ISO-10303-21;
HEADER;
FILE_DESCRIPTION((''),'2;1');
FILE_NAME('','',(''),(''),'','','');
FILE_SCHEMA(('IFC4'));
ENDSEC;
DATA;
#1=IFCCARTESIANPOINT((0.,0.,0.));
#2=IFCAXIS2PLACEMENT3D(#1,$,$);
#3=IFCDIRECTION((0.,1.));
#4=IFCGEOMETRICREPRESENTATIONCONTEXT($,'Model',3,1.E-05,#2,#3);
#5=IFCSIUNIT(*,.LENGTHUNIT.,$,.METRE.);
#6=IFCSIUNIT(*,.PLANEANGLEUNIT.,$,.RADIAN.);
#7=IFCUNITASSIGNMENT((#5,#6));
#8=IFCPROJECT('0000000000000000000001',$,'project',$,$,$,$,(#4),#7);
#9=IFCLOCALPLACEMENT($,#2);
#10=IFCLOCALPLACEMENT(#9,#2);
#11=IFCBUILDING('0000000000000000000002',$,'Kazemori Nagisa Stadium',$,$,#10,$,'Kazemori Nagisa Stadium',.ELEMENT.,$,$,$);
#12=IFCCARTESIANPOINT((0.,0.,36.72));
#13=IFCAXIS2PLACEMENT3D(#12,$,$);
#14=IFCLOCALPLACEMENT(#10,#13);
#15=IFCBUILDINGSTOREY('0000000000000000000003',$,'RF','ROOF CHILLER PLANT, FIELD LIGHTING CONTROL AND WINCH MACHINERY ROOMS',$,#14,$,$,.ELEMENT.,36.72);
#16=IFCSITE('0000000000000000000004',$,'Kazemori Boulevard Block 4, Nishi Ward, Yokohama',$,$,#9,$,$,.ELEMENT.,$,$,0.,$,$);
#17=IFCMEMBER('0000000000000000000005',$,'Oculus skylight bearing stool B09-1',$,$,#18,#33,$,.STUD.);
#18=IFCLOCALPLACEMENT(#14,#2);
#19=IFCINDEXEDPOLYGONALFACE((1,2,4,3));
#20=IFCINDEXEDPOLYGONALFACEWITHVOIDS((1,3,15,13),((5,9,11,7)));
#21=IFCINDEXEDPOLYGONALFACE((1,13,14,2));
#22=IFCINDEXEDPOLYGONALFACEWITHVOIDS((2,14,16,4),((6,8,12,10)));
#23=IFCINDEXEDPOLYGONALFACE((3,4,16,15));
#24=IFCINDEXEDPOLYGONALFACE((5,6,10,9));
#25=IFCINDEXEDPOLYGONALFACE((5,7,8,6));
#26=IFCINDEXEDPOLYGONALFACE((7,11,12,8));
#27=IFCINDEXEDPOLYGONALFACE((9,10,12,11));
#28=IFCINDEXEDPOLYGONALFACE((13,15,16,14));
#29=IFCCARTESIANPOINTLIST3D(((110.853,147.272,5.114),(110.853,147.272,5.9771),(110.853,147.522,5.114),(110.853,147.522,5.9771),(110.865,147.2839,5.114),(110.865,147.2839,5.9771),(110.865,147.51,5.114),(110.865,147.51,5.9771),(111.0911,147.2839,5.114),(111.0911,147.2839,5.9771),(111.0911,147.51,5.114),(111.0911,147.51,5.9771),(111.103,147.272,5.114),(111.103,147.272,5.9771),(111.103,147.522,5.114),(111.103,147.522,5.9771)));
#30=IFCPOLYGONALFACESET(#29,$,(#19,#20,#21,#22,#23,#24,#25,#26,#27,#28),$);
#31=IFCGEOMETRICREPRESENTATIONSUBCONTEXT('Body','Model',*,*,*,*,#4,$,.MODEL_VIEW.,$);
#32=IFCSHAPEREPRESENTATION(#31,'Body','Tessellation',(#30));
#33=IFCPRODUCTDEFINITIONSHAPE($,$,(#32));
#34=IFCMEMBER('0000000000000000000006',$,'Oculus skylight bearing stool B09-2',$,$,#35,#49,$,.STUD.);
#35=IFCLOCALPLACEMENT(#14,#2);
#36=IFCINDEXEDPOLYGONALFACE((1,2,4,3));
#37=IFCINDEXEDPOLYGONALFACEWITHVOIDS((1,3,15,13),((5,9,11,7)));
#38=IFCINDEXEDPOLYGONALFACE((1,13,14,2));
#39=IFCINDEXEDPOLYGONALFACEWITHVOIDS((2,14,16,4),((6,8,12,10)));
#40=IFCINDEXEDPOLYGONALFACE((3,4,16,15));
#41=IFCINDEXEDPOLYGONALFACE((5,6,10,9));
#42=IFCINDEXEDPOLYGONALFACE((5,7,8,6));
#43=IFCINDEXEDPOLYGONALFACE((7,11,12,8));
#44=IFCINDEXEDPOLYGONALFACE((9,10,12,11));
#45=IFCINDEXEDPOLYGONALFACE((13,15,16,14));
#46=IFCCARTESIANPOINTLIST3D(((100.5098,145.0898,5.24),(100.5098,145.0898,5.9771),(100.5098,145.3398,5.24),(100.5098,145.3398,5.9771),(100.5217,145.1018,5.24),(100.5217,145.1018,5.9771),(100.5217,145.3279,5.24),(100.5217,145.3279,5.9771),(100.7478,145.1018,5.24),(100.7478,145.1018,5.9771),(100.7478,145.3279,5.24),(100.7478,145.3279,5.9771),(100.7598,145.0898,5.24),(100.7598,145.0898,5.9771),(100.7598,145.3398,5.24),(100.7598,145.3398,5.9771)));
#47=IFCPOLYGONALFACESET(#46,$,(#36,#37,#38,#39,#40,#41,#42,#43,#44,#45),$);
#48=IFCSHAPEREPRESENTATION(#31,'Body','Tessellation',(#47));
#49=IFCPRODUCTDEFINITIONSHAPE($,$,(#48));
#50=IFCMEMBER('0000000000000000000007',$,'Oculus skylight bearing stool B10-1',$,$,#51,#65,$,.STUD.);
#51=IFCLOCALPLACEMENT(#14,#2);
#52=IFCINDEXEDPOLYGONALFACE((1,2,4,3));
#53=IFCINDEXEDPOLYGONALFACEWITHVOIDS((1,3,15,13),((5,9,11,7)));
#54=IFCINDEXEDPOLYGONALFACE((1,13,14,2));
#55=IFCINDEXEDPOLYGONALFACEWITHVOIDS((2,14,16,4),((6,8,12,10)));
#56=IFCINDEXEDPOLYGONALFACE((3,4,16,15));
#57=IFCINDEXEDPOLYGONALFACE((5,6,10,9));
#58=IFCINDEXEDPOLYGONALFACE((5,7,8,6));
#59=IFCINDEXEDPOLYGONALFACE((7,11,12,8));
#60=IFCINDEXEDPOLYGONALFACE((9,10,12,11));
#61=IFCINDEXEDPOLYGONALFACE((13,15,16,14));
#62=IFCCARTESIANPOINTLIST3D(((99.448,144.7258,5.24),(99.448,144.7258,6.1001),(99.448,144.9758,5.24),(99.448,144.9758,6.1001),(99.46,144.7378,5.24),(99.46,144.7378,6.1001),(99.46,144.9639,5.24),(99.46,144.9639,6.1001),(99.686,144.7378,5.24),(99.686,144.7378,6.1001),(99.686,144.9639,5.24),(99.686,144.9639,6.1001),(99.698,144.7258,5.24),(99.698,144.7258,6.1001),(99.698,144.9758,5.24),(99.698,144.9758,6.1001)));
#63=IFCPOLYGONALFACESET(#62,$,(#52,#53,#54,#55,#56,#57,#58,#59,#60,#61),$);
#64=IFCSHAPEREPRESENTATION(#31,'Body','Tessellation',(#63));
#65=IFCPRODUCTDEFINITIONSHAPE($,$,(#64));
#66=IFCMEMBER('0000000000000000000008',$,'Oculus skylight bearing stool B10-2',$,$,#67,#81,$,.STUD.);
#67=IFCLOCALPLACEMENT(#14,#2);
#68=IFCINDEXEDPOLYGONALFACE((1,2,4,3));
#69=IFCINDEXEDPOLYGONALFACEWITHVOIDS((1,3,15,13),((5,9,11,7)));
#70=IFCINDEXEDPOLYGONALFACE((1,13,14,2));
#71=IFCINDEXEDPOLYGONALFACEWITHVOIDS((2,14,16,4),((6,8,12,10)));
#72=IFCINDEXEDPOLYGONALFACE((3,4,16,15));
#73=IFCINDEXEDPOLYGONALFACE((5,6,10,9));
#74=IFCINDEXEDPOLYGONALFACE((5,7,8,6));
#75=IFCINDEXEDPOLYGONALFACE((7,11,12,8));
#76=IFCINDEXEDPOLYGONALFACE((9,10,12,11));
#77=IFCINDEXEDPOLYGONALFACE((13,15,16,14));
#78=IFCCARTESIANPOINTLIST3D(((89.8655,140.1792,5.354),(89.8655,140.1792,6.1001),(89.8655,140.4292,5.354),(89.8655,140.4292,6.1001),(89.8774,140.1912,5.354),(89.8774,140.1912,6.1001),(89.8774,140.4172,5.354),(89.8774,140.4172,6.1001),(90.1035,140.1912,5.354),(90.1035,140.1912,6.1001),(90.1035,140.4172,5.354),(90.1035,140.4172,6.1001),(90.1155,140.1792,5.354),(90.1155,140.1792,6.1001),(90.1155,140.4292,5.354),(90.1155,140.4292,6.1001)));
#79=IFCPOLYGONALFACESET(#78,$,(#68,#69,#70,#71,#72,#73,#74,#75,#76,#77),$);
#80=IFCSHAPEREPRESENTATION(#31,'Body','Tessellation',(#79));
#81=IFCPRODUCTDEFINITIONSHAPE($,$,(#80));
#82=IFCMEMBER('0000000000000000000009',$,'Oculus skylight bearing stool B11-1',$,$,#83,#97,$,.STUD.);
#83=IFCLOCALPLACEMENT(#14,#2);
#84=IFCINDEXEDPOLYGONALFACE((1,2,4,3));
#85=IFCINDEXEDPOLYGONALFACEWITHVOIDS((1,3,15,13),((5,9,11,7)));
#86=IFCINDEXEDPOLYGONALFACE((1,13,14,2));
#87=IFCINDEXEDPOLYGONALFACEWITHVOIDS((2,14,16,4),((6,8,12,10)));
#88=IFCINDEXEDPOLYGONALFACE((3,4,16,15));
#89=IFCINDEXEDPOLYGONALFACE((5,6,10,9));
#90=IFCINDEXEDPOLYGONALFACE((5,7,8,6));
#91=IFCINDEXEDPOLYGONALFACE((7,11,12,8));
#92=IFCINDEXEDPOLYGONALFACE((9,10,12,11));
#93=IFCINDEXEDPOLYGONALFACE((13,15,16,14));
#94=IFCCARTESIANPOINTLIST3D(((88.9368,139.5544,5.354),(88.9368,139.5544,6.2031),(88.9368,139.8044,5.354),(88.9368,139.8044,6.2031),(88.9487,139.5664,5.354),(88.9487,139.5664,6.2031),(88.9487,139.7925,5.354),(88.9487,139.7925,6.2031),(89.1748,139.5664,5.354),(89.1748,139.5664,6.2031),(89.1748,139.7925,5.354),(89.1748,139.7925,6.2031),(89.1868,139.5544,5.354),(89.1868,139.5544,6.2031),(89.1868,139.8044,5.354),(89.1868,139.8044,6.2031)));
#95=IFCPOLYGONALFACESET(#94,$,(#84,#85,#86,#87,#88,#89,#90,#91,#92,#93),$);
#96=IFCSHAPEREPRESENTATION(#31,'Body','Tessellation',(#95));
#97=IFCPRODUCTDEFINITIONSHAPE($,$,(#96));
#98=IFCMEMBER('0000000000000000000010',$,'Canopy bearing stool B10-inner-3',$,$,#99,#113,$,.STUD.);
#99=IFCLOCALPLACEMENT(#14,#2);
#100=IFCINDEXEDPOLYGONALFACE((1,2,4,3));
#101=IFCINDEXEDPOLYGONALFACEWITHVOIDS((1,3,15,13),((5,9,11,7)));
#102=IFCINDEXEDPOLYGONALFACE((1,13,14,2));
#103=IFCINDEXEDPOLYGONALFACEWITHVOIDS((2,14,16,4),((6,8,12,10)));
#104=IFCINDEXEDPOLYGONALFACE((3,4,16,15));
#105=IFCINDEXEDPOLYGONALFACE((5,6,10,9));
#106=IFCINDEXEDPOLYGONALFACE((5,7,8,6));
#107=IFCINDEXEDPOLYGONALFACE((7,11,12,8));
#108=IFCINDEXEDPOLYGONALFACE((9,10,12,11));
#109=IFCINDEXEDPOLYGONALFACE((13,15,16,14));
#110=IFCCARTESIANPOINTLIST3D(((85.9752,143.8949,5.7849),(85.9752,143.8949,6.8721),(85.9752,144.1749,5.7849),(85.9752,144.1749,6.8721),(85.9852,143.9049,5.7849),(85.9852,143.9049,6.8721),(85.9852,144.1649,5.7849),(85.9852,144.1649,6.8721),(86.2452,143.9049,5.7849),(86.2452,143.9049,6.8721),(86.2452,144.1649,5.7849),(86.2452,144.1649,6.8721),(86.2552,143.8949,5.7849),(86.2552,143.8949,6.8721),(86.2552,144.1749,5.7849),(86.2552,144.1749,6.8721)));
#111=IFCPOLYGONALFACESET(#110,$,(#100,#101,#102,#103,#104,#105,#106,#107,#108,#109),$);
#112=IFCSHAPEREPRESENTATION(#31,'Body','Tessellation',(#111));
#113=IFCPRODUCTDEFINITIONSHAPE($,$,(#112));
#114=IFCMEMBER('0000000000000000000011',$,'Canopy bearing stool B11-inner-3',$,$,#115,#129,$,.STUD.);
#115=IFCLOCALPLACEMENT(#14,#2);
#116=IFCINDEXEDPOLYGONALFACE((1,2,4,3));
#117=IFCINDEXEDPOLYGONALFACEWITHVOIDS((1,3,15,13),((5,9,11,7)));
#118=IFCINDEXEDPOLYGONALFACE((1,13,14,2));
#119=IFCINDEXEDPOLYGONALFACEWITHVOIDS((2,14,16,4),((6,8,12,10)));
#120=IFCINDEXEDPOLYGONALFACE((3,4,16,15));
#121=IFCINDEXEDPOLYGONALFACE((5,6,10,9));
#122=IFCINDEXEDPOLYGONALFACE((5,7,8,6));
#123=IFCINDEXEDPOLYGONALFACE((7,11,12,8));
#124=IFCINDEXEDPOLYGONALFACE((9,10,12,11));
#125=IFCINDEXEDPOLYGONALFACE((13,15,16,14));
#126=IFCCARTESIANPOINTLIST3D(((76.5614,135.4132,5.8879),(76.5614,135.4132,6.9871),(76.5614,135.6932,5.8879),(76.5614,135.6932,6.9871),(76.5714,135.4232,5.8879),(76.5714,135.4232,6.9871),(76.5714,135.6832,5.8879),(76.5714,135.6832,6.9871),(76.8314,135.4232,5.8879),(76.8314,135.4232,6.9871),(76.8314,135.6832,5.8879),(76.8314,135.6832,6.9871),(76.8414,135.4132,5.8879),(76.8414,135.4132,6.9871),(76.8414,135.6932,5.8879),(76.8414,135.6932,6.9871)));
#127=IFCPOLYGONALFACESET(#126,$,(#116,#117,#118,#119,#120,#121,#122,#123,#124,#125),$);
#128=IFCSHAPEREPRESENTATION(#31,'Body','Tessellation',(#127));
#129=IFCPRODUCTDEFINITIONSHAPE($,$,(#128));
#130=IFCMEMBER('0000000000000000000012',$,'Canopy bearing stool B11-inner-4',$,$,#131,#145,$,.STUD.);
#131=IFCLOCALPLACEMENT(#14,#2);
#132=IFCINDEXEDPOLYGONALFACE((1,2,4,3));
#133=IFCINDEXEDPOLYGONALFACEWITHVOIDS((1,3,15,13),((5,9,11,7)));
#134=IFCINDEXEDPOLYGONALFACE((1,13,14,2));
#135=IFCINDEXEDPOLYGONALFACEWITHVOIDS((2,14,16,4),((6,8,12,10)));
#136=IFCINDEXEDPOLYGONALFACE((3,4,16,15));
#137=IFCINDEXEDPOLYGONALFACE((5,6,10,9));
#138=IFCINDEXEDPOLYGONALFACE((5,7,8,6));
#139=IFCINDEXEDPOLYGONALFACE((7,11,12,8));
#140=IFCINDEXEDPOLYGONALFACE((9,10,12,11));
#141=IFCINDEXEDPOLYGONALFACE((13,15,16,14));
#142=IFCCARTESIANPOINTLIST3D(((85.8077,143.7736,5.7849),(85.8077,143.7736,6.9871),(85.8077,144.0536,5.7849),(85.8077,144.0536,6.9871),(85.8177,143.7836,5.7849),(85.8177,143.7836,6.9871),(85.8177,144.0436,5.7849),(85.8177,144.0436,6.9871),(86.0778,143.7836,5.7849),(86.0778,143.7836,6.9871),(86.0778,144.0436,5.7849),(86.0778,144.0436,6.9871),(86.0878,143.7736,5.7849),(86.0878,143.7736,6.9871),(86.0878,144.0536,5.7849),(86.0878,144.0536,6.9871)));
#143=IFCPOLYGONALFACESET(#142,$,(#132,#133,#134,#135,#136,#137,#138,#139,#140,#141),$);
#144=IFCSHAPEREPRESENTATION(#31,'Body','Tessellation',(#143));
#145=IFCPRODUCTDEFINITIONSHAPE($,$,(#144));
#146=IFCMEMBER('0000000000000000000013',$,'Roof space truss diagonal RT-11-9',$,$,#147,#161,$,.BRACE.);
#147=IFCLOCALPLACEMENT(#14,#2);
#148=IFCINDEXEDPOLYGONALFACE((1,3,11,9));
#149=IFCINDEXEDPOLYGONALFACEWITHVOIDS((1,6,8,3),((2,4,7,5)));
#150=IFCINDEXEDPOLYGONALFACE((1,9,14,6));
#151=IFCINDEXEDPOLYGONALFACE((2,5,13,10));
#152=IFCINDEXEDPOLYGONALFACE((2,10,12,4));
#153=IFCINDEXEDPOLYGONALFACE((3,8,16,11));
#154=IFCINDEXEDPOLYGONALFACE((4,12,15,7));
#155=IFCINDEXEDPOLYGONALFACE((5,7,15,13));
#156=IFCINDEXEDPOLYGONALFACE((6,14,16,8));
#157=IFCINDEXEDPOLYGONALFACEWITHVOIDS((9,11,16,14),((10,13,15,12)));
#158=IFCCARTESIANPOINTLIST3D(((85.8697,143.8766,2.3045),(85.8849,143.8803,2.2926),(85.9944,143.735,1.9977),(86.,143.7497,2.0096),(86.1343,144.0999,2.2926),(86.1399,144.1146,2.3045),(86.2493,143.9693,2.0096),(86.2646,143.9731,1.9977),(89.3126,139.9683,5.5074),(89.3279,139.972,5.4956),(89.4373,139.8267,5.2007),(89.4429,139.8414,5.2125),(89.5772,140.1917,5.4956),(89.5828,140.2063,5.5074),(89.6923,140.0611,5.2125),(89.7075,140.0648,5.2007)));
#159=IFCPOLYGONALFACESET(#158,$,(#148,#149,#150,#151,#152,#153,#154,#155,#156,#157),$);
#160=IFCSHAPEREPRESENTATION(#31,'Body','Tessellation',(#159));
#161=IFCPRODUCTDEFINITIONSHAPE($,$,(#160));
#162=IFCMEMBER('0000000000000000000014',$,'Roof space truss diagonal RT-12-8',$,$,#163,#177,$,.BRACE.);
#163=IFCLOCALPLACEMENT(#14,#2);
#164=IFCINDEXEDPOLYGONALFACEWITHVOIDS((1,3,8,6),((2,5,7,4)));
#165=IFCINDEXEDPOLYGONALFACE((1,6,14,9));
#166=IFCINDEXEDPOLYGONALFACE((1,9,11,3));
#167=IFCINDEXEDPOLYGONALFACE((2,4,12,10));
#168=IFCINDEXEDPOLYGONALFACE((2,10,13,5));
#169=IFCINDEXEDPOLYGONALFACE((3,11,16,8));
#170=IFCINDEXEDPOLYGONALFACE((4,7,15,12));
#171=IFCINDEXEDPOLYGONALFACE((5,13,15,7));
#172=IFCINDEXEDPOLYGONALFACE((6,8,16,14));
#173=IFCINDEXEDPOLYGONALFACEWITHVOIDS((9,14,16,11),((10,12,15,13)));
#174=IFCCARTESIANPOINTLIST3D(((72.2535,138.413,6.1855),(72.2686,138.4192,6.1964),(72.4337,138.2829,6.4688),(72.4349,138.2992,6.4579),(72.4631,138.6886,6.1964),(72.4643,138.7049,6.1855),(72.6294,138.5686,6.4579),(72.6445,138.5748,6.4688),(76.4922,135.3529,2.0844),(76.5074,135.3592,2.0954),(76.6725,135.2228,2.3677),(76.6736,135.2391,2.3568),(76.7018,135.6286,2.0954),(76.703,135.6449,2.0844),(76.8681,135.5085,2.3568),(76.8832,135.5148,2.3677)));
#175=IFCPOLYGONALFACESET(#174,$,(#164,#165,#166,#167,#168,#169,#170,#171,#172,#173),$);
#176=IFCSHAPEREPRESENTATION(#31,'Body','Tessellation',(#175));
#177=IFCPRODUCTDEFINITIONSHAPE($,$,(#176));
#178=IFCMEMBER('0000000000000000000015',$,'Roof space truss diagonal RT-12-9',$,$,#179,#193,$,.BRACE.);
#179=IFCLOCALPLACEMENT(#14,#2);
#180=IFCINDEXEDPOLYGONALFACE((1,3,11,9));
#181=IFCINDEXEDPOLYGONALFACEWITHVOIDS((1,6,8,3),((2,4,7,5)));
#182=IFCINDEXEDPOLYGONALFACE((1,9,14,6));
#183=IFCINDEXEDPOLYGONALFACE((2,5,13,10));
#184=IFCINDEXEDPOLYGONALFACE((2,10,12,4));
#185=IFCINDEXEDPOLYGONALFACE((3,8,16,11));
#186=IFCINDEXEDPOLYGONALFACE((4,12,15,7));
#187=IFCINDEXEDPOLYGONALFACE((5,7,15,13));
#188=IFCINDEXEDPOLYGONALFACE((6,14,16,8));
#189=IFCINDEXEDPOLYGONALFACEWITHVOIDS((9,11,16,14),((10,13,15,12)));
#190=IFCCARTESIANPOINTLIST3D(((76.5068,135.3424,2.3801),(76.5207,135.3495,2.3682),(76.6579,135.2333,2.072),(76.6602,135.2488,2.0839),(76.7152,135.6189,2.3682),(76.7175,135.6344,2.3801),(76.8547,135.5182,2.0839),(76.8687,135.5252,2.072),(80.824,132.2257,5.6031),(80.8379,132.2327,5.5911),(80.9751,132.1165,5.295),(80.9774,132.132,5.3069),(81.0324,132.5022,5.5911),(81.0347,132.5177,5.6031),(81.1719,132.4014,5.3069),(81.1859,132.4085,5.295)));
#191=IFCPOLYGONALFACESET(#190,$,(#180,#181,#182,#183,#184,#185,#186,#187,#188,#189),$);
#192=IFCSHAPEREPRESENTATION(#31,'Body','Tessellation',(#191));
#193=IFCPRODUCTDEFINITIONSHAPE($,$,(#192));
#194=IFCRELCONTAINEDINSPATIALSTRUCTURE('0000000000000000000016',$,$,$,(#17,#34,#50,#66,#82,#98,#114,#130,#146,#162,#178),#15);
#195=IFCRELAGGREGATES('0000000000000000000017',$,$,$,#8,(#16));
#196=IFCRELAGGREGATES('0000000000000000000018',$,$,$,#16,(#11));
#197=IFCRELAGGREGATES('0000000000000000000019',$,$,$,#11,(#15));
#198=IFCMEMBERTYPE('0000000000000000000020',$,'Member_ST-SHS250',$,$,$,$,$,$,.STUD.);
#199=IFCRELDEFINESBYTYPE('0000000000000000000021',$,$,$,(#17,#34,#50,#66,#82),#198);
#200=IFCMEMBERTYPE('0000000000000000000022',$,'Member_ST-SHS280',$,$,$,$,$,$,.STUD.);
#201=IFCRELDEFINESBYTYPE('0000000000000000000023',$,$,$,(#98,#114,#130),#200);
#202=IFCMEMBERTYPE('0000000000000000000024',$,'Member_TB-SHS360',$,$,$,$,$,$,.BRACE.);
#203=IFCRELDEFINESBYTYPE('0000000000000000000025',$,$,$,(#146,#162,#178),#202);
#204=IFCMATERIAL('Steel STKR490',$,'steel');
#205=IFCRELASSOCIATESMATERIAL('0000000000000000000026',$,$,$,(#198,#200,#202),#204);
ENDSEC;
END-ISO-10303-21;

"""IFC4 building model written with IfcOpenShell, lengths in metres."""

from ifc_helpers import new_model, si_unit, direction, frame, origin, origin_2d, place, context, subcontext, project, spatial, hollow_rectangle, extrude, material, material_profile, profile_set, type_object, element, save


model = new_model("IFC4")

# Units and contexts
model_context = context("Model", 3, precision=1e-05, world=origin(), true_north=direction((0.0, 1.0)))
body_context = subcontext(model_context, "Body", "Model", "MODEL_VIEW")
ifc_project = project(units=[si_unit("LENGTHUNIT", "METRE"), si_unit("PLANEANGLEUNIT", "RADIAN")], contexts=[model_context])

# Site, building, storey
site_placement = place(None, origin())
site = spatial("IfcSite", under=ifc_project, at=site_placement, Name="Kazemori Boulevard Block 4, Nishi Ward, Yokohama", CompositionType="ELEMENT", RefElevation=0.0)
building_placement = place(site_placement, origin())
building = spatial("IfcBuilding", under=site, at=building_placement, Name="Kazemori Nagisa Stadium", LongName="Kazemori Nagisa Stadium", CompositionType="ELEMENT")
storey_placement = place(building_placement, frame((0.0, 0.0, 36.72)))
storey = spatial("IfcBuildingStorey", under=building, at=storey_placement, Name="RF", Description="ROOF CHILLER PLANT, FIELD LIGHTING CONTROL AND WINCH MACHINERY ROOMS", CompositionType="ELEMENT", Elevation=36.72)

# Members
ifc_material = material(Name="Steel STKR490", Category="steel")
ifc_material_profile_1 = material_profile(ifc_material, hollow_rectangle(XDim=0.25, YDim=0.25, WallThickness=0.012, at=origin_2d()), Name="SHS-250x250x12")
ifc_profile_set_1 = profile_set([ifc_material_profile_1], Name="Steel STKR490")
member_type_1 = type_object("IfcMemberType", Name="Member_ST-SHS250", PredefinedType="STUD", material=ifc_profile_set_1)
member_1_placement = place(storey_placement, frame((110.978, 147.397, 5.114), z_axis=(0.0, 0.0, 1.0), x_axis=(1.0, 0.0, 0.0)))
element("IfcMember", 1, at=member_1_placement, inside=storey, type_object=member_type_1, Name="Oculus skylight bearing stool B09-1", PredefinedType="STUD", context=body_context, shape_type="SweptSolid", body=[
    extrude(hollow_rectangle(XDim=0.25, YDim=0.25, WallThickness=0.012, at=origin_2d()), origin(), (0.0, 0.0, 1.0), 0.863),
])
member_2_placement = place(storey_placement, frame((100.6348, 145.2148, 5.24), z_axis=(0.0, 0.0, 1.0), x_axis=(1.0, 0.0, 0.0)))
element("IfcMember", 2, at=member_2_placement, inside=storey, type_object=member_type_1, Name="Oculus skylight bearing stool B09-2", PredefinedType="STUD", context=body_context, shape_type="SweptSolid", body=[
    extrude(hollow_rectangle(XDim=0.25, YDim=0.25, WallThickness=0.012, at=origin_2d()), origin(), (0.0, 0.0, 1.0), 0.7371),
])
member_3_placement = place(storey_placement, frame((99.573, 144.8508, 5.24), z_axis=(0.0, 0.0, 1.0), x_axis=(1.0, 0.0, 0.0)))
element("IfcMember", 3, at=member_3_placement, inside=storey, type_object=member_type_1, Name="Oculus skylight bearing stool B10-1", PredefinedType="STUD", context=body_context, shape_type="SweptSolid", body=[
    extrude(hollow_rectangle(XDim=0.25, YDim=0.25, WallThickness=0.012, at=origin_2d()), origin(), (0.0, 0.0, 1.0), 0.8601),
])
member_4_placement = place(storey_placement, frame((89.9905, 140.3042, 5.354), z_axis=(0.0, 0.0, 1.0), x_axis=(1.0, 0.0, 0.0)))
element("IfcMember", 4, at=member_4_placement, inside=storey, type_object=member_type_1, Name="Oculus skylight bearing stool B10-2", PredefinedType="STUD", context=body_context, shape_type="SweptSolid", body=[
    extrude(hollow_rectangle(XDim=0.25, YDim=0.25, WallThickness=0.012, at=origin_2d()), origin(), (0.0, 0.0, 1.0), 0.7461),
])
member_5_placement = place(storey_placement, frame((89.0618, 139.6794, 5.354), z_axis=(0.0, 0.0, 1.0), x_axis=(1.0, 0.0, 0.0)))
element("IfcMember", 5, at=member_5_placement, inside=storey, type_object=member_type_1, Name="Oculus skylight bearing stool B11-1", PredefinedType="STUD", context=body_context, shape_type="SweptSolid", body=[
    extrude(hollow_rectangle(XDim=0.25, YDim=0.25, WallThickness=0.012, at=origin_2d()), origin(), (0.0, 0.0, 1.0), 0.8491),
])
ifc_material_profile_2 = material_profile(ifc_material, hollow_rectangle(XDim=0.28, YDim=0.28, WallThickness=0.01, at=origin_2d()), Name="SHS-280x280x10")
ifc_profile_set_2 = profile_set([ifc_material_profile_2], Name="Steel STKR490")
member_type_2 = type_object("IfcMemberType", Name="Member_ST-SHS280", PredefinedType="STUD", material=ifc_profile_set_2)
member_6_placement = place(storey_placement, frame((86.1152, 144.0349, 5.7849), z_axis=(0.0, 0.0, 1.0), x_axis=(1.0, 0.0, 0.0)))
element("IfcMember", 6, at=member_6_placement, inside=storey, type_object=member_type_2, Name="Canopy bearing stool B10-inner-3", PredefinedType="STUD", context=body_context, shape_type="SweptSolid", body=[
    extrude(hollow_rectangle(XDim=0.28, YDim=0.28, WallThickness=0.01, at=origin_2d()), origin(), (0.0, 0.0, 1.0), 1.0872),
])
member_7_placement = place(storey_placement, frame((76.7014, 135.5532, 5.8879), z_axis=(0.0, 0.0, 1.0), x_axis=(1.0, 0.0, 0.0)))
element("IfcMember", 7, at=member_7_placement, inside=storey, type_object=member_type_2, Name="Canopy bearing stool B11-inner-3", PredefinedType="STUD", context=body_context, shape_type="SweptSolid", body=[
    extrude(hollow_rectangle(XDim=0.28, YDim=0.28, WallThickness=0.01, at=origin_2d()), origin(), (0.0, 0.0, 1.0), 1.0991),
])
member_8_placement = place(storey_placement, frame((85.9478, 143.9136, 5.7849), z_axis=(0.0, 0.0, 1.0), x_axis=(1.0, 0.0, 0.0)))
element("IfcMember", 8, at=member_8_placement, inside=storey, type_object=member_type_2, Name="Canopy bearing stool B11-inner-4", PredefinedType="STUD", context=body_context, shape_type="SweptSolid", body=[
    extrude(hollow_rectangle(XDim=0.28, YDim=0.28, WallThickness=0.01, at=origin_2d()), origin(), (0.0, 0.0, 1.0), 1.2021),
])
ifc_material_profile_3 = material_profile(ifc_material, hollow_rectangle(XDim=0.3601, YDim=0.3601, WallThickness=0.0139, at=origin_2d()), Name="SHS-360x360x14")
ifc_profile_set_3 = profile_set([ifc_material_profile_3], Name="Steel STKR490")
member_type_3 = type_object("IfcMemberType", Name="Member_TB-SHS360", PredefinedType="BRACE", material=ifc_profile_set_3)
member_9_placement = place(storey_placement, frame((86.0671, 143.9248, 2.1511), z_axis=(0.563076, -0.63918, 0.523826), x_axis=(0.750366, 0.661023, 0.0)))
element("IfcMember", 9, at=member_9_placement, inside=storey, type_object=member_type_3, Name="Roof space truss diagonal RT-11-9", PredefinedType="BRACE", context=body_context, shape_type="SweptSolid", body=[
    extrude(hollow_rectangle(XDim=0.3601, YDim=0.3601, WallThickness=0.0139, at=origin_2d()), origin(), (0.0, 0.0, 1.0), 6.1145),
])
member_10_placement = place(storey_placement, frame((72.449, 138.4939, 6.3271), z_axis=(0.637933, -0.460537, -0.617209), x_axis=(0.58533, 0.810795, 0.0)))
element("IfcMember", 10, at=member_10_placement, inside=storey, type_object=member_type_3, Name="Roof space truss diagonal RT-12-8", PredefinedType="BRACE", context=body_context, shape_type="SweptSolid", body=[
    extrude(hollow_rectangle(XDim=0.3601, YDim=0.3601, WallThickness=0.0139, at=origin_2d()), origin(), (0.0, 0.0, 1.0), 6.6445),
])
member_11_placement = place(storey_placement, frame((76.6877, 135.4338, 2.2261), z_axis=(0.693624, -0.500752, 0.517815), x_axis=(0.585338, 0.810789, 0.0)))
element("IfcMember", 11, at=member_11_placement, inside=storey, type_object=member_type_3, Name="Roof space truss diagonal RT-12-9", PredefinedType="BRACE", context=body_context, shape_type="SweptSolid", body=[
    extrude(hollow_rectangle(XDim=0.3601, YDim=0.3601, WallThickness=0.0139, at=origin_2d()), origin(), (0.0, 0.0, 1.0), 6.2241),
])

save(model, "model.ifc")
